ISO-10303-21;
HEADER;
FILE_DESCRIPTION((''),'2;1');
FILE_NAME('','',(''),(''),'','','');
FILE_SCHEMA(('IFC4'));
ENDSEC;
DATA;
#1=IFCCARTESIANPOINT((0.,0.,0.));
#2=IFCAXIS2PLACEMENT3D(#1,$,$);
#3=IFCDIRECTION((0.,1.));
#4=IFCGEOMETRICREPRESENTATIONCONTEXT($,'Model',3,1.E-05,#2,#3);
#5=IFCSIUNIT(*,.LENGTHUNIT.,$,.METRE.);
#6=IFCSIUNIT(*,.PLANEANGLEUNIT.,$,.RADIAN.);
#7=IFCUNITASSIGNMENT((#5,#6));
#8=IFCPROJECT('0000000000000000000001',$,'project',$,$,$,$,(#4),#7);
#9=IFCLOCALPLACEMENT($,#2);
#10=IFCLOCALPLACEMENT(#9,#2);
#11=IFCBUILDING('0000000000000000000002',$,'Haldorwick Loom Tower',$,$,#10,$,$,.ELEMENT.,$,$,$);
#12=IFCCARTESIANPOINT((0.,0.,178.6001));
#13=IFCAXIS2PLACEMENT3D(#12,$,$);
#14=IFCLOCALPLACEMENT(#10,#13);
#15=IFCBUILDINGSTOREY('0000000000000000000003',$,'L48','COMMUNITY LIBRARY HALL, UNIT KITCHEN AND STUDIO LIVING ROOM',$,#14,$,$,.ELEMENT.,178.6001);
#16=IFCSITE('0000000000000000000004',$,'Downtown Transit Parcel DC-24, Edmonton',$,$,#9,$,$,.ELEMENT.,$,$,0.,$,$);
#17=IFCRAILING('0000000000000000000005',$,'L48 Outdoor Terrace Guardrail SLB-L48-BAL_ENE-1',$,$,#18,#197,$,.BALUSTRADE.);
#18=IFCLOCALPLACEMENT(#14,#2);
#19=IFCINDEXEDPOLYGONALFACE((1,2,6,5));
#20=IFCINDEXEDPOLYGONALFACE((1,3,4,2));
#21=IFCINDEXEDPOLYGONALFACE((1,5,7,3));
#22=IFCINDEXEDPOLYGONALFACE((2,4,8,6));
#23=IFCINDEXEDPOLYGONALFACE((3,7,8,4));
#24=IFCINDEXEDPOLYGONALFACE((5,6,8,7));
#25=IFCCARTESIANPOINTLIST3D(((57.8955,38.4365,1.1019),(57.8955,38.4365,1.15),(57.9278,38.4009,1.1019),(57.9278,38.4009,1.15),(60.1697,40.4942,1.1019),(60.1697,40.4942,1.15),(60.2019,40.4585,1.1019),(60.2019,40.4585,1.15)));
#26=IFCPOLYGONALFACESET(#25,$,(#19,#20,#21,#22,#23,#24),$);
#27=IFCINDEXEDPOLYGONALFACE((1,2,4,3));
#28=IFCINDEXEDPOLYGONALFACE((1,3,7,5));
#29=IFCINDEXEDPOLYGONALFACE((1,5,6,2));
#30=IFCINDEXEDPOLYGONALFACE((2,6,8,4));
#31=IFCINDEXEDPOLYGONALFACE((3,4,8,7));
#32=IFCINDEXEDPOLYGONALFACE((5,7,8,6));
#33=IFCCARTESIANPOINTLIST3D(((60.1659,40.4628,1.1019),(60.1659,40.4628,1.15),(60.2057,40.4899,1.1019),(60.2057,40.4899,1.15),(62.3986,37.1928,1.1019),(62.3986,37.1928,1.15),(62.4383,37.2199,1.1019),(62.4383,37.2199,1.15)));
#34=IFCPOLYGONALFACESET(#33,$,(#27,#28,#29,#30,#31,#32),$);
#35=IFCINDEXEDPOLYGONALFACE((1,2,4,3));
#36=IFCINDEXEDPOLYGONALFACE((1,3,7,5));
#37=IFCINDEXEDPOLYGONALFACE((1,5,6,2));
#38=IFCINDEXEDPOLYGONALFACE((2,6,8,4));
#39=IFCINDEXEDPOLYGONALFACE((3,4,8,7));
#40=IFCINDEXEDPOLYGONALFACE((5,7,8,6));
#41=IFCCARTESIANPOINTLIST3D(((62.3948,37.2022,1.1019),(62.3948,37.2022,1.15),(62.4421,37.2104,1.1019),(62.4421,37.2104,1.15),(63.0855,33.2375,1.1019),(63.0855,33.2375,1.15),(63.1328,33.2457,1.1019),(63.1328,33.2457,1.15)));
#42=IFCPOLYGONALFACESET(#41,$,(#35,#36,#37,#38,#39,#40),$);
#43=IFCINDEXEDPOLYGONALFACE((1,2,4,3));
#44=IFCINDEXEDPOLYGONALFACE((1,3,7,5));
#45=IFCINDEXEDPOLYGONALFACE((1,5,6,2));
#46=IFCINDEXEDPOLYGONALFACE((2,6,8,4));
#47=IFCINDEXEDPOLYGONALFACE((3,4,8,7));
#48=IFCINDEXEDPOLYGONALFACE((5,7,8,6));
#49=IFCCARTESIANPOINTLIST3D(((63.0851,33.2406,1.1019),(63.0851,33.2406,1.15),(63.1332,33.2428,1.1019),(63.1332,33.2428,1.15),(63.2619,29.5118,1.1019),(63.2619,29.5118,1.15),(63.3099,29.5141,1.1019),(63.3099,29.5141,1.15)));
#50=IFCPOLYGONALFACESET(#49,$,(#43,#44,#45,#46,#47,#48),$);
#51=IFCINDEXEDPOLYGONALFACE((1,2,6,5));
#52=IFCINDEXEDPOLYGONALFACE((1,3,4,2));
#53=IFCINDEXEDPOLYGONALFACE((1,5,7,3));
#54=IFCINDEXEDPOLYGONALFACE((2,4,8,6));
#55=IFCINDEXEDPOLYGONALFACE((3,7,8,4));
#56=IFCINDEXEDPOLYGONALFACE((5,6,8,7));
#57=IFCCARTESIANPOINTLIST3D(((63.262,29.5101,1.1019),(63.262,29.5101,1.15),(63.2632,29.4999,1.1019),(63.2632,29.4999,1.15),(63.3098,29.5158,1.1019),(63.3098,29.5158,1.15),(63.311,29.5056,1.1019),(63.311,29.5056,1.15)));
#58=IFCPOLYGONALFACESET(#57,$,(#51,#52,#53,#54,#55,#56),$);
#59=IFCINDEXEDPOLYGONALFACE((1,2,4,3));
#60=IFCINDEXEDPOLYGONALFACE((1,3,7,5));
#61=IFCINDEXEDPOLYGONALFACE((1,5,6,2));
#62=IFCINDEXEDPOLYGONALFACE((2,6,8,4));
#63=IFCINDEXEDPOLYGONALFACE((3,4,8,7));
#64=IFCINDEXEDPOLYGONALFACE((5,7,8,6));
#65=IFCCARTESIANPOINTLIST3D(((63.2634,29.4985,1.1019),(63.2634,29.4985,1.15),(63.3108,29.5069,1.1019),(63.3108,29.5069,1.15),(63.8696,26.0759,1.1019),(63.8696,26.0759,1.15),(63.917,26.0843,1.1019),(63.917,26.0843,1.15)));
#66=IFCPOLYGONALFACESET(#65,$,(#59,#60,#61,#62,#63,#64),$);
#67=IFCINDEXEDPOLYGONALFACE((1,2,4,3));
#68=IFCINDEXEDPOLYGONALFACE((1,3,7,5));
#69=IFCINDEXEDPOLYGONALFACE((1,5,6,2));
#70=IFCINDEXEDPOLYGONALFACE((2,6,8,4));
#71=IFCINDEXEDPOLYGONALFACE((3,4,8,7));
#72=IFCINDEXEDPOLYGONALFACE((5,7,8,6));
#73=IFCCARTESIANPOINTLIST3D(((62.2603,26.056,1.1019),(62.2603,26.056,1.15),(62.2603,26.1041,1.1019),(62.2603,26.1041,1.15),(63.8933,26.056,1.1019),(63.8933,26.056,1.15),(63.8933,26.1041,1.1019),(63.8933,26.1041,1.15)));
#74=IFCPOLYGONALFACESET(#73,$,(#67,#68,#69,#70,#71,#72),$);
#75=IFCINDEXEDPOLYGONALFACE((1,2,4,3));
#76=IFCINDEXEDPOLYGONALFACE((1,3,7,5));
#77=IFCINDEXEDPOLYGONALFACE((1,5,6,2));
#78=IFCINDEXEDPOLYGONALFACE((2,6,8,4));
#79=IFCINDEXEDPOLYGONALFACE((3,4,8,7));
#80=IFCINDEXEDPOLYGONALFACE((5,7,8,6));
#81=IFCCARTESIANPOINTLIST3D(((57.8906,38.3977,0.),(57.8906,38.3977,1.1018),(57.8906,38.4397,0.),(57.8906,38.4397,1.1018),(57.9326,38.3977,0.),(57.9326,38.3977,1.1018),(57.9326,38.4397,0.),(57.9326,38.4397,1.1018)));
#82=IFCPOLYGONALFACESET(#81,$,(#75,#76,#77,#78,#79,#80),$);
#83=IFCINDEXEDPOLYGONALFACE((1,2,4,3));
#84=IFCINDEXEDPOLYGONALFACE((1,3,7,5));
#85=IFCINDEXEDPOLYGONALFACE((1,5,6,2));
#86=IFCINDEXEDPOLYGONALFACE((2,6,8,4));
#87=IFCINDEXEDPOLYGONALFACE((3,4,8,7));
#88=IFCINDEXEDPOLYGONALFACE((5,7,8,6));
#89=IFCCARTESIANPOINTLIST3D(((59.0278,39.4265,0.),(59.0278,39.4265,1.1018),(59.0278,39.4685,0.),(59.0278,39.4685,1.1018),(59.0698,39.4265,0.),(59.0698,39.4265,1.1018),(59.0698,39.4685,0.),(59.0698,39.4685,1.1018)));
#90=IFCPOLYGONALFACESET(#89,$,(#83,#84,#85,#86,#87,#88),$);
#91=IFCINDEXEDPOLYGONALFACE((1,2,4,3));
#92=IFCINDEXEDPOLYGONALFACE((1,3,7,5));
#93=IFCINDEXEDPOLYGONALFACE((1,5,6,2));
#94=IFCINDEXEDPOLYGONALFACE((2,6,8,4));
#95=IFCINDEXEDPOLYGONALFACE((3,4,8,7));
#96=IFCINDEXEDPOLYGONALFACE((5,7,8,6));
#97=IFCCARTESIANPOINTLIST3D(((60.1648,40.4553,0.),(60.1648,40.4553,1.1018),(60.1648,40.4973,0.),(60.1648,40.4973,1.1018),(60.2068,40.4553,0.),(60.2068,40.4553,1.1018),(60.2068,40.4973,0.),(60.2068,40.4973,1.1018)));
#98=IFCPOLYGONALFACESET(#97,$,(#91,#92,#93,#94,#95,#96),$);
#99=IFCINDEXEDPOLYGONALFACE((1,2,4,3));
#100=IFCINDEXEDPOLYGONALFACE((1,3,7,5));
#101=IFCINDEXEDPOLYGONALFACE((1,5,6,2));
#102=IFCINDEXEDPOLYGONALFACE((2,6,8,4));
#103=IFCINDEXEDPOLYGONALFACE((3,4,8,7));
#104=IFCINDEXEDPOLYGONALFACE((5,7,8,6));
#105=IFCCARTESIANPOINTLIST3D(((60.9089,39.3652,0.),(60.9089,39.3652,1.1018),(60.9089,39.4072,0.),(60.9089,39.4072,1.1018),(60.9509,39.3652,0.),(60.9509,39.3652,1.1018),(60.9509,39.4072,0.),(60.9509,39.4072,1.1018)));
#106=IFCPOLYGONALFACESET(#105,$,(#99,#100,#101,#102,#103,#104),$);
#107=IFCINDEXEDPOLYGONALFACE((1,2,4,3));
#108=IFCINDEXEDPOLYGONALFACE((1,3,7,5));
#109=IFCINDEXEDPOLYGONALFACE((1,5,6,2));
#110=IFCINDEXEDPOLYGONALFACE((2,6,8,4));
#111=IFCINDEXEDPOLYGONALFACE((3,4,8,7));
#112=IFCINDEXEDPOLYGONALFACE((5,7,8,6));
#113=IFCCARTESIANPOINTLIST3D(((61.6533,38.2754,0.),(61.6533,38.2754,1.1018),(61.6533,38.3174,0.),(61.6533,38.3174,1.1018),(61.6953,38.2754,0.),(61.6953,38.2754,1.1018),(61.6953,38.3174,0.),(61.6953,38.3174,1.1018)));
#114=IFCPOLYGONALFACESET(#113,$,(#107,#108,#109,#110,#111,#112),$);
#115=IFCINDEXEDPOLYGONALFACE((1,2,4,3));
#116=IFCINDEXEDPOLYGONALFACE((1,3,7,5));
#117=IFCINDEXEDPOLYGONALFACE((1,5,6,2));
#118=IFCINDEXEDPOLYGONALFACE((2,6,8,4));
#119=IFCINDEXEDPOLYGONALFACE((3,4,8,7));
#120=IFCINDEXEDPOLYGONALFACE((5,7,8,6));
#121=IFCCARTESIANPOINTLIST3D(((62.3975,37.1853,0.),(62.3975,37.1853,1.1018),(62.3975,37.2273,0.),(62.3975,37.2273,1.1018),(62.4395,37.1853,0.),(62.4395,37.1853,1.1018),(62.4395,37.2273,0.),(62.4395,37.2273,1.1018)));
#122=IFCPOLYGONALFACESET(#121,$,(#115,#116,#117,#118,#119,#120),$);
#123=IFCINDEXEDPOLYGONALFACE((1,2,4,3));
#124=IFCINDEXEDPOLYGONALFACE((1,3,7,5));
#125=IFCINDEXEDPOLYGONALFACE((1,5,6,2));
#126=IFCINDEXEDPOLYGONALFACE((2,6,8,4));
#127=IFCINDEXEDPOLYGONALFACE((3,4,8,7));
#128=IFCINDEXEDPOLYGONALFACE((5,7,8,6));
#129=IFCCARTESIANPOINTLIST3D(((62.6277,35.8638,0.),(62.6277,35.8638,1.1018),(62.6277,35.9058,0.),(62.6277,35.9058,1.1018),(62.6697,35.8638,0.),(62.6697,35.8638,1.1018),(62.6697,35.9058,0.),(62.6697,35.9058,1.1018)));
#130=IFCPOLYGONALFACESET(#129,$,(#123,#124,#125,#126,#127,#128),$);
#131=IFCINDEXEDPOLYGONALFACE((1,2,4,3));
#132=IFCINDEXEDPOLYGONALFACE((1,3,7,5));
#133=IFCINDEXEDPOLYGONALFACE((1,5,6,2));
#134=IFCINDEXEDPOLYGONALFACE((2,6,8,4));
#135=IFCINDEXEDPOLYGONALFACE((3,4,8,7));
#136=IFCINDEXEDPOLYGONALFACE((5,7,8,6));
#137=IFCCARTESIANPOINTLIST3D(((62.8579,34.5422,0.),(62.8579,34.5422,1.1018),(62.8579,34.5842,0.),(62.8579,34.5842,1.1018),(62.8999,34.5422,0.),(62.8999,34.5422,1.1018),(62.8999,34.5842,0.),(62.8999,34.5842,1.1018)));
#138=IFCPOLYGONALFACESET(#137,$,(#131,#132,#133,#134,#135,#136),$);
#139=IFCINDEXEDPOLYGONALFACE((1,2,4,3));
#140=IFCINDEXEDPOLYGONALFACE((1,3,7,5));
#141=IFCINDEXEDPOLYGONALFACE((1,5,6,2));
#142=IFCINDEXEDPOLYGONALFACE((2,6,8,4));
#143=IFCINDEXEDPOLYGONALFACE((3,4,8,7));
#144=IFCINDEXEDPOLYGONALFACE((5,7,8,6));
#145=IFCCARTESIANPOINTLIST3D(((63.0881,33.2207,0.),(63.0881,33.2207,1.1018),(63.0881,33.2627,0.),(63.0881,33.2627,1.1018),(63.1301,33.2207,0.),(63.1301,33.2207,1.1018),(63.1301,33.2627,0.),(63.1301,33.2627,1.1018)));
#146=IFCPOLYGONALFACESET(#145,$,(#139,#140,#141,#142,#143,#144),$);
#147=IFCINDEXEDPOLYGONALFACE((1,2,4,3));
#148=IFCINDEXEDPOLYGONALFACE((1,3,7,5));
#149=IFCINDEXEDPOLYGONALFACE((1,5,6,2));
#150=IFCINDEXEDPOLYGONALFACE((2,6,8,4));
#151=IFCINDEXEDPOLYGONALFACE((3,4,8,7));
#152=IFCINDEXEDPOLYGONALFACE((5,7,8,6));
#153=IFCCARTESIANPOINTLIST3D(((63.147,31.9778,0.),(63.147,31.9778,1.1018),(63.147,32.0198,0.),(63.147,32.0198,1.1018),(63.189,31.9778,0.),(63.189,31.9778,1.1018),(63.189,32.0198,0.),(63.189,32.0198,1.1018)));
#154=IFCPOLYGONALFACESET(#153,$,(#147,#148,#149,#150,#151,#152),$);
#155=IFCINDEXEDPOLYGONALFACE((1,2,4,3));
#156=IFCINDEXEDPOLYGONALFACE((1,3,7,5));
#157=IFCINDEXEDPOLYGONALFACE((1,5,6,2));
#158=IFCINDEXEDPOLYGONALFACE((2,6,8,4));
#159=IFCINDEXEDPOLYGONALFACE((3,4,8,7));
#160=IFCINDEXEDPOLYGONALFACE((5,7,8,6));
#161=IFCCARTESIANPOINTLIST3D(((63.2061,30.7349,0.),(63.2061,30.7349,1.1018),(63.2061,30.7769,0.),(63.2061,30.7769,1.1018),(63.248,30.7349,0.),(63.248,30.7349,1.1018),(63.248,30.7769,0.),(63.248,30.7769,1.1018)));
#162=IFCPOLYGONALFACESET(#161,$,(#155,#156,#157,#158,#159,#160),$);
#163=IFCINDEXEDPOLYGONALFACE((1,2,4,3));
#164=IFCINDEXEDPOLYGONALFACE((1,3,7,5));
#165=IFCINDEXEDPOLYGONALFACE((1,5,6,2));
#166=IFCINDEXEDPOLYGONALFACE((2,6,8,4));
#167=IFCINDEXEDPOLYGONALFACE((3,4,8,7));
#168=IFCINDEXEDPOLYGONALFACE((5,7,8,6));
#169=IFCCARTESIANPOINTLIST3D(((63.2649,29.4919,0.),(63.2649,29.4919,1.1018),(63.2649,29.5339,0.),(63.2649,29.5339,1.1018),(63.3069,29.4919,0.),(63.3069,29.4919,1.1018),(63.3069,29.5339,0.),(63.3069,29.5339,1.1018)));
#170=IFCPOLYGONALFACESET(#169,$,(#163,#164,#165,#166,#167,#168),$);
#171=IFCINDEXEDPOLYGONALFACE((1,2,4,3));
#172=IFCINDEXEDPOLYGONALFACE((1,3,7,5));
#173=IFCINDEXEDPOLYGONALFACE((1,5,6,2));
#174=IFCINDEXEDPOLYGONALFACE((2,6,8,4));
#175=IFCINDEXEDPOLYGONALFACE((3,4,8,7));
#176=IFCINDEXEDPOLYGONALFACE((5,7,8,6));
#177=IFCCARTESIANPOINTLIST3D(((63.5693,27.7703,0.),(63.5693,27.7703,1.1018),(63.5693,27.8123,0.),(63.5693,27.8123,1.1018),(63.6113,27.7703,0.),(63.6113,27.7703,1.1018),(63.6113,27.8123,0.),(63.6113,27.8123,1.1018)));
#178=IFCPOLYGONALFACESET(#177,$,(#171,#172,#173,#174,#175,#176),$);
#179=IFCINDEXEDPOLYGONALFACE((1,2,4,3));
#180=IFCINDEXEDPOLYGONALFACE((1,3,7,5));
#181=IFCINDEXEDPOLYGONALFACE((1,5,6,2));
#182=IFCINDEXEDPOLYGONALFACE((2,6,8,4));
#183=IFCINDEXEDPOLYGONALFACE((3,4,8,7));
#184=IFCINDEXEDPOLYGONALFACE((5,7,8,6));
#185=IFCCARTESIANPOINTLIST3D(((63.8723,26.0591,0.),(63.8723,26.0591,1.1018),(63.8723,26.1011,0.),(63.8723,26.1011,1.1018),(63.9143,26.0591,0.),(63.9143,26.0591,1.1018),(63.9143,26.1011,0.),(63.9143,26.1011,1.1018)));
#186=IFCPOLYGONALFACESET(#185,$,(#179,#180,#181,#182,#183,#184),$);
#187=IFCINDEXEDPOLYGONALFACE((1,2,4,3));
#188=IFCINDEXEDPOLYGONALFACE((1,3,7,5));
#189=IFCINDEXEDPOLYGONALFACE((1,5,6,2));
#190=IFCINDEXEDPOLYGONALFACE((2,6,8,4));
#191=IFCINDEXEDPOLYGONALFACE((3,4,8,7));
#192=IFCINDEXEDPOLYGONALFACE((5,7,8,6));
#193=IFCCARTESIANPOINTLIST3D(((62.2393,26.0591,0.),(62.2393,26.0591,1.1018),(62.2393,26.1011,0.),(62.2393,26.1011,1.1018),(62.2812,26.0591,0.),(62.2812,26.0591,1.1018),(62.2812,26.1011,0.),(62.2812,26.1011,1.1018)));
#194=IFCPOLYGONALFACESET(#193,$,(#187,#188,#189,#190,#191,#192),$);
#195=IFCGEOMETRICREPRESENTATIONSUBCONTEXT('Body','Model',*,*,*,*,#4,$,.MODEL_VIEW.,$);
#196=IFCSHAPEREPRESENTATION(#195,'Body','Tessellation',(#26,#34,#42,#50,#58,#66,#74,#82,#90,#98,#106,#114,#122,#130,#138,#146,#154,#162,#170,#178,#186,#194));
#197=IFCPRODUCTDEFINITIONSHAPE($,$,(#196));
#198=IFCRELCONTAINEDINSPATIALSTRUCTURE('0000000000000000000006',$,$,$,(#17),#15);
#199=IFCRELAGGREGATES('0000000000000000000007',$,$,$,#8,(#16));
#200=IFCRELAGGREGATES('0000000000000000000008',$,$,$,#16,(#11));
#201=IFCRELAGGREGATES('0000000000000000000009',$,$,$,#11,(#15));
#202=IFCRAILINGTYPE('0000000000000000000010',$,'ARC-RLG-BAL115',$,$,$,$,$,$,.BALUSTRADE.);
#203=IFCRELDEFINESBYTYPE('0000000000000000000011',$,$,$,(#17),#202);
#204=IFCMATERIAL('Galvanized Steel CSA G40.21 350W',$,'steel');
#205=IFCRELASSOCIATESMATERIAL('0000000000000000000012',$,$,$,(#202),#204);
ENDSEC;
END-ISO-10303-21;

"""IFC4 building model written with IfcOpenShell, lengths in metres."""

from ifc_helpers import new_model, si_unit, direction, frame, origin, origin_2d, place, context, subcontext, project, spatial, rectangle, extrude, material, type_object, element, save


model = new_model("IFC4")

# Units and contexts
model_context = context("Model", 3, precision=1e-05, world=origin(), true_north=direction((0.0, 1.0)))
body_context = subcontext(model_context, "Body", "Model", "MODEL_VIEW")
ifc_project = project(units=[si_unit("LENGTHUNIT", "METRE"), si_unit("PLANEANGLEUNIT", "RADIAN")], contexts=[model_context])

# Site, building, storey
site_placement = place(None, origin())
site = spatial("IfcSite", under=ifc_project, at=site_placement, Name="Downtown Transit Parcel DC-24, Edmonton", CompositionType="ELEMENT", RefElevation=0.0)
building_placement = place(site_placement, origin())
building = spatial("IfcBuilding", under=site, at=building_placement, Name="Haldorwick Loom Tower", CompositionType="ELEMENT")
storey_placement = place(building_placement, frame((0.0, 0.0, 178.6001)))
storey = spatial("IfcBuildingStorey", under=building, at=storey_placement, Name="L48", Description="COMMUNITY LIBRARY HALL, UNIT KITCHEN AND STUDIO LIVING ROOM", CompositionType="ELEMENT", Elevation=178.6001)

# Railing
ifc_material_1 = material(Name="Galvanized Steel CSA G40.21 350W", Category="steel")
railing_type = type_object("IfcRailingType", Name="ARC-RLG-BAL115", PredefinedType="BALUSTRADE", material=ifc_material_1)
railing_placement = place(storey_placement, frame((57.9116, 38.4187, 0.0)))
element("IfcRailing", 1, at=railing_placement, inside=storey, type_object=railing_type, Name="L48 Outdoor Terrace Guardrail SLB-L48-BAL_ENE-1", PredefinedType="BALUSTRADE", context=body_context, shape_type="SweptSolid", body=[
    extrude(rectangle(XDim=0.0481, YDim=0.0481, at=origin_2d()), frame((0.0, 0.0, 1.126), z_axis=(0.74153, 0.67092, 0.0), x_axis=(-0.67092, 0.74153, 0.0)), (0.0, 0.0, 1.0), 3.0669),
    extrude(rectangle(XDim=0.0481, YDim=0.0481, at=origin_2d()), frame((2.2742, 2.0576, 1.126), z_axis=(0.563872, -0.825862, 0.0), x_axis=(0.825862, 0.563872, 0.0)), (0.0, 0.0, 1.0), 3.9595),
    extrude(rectangle(XDim=0.0481, YDim=0.0481, at=origin_2d()), frame((4.5068, -1.2124, 1.126), z_axis=(0.171625, -0.985162, 0.0), x_axis=(0.985162, 0.171625, 0.0)), (0.0, 0.0, 1.0), 4.0244),
    extrude(rectangle(XDim=0.0481, YDim=0.0481, at=origin_2d()), frame((5.1975, -5.177, 1.126), z_axis=(0.047351, -0.998878, 0.0), x_axis=(0.998878, 0.047351, 0.0)), (0.0, 0.0, 1.0), 3.7329),
    extrude(rectangle(XDim=0.0481, YDim=0.0481, at=origin_2d()), frame((5.3743, -8.9058, 1.126), z_axis=(0.118213, -0.992988, 0.0), x_axis=(0.992988, 0.118213, 0.0)), (0.0, 0.0, 1.0), 0.0103),
    extrude(rectangle(XDim=0.0481, YDim=0.0481, at=origin_2d()), frame((5.3755, -8.916, 1.126), z_axis=(0.174402, -0.984674, 0.0), x_axis=(0.984674, 0.174402, 0.0)), (0.0, 0.0, 1.0), 3.4758),
    extrude(rectangle(XDim=0.0481, YDim=0.0481, at=origin_2d()), frame((5.9817, -12.3386, 1.126), z_axis=(-1.0, 0.0, 0.0), x_axis=(0.0, -1.0, 0.0)), (0.0, 0.0, 1.0), 1.6331),
    extrude(rectangle(XDim=0.042, YDim=0.042, at=origin_2d()), origin(), (0.0, 0.0, 1.0), 1.1018),
    extrude(rectangle(XDim=0.042, YDim=0.042, at=origin_2d()), frame((1.1372, 1.0288, 0.0)), (0.0, 0.0, 1.0), 1.1018),
    extrude(rectangle(XDim=0.042, YDim=0.042, at=origin_2d()), frame((2.2742, 2.0576, 0.0)), (0.0, 0.0, 1.0), 1.1018),
    extrude(rectangle(XDim=0.042, YDim=0.042, at=origin_2d()), frame((3.0183, 0.9675, 0.0)), (0.0, 0.0, 1.0), 1.1018),
    extrude(rectangle(XDim=0.042, YDim=0.042, at=origin_2d()), frame((3.7627, -0.1223, 0.0)), (0.0, 0.0, 1.0), 1.1018),
    extrude(rectangle(XDim=0.042, YDim=0.042, at=origin_2d()), frame((4.5068, -1.2124, 0.0)), (0.0, 0.0, 1.0), 1.1018),
    extrude(rectangle(XDim=0.042, YDim=0.042, at=origin_2d()), frame((4.7371, -2.5339, 0.0)), (0.0, 0.0, 1.0), 1.1018),
    extrude(rectangle(XDim=0.042, YDim=0.042, at=origin_2d()), frame((4.9673, -3.8555, 0.0)), (0.0, 0.0, 1.0), 1.1018),
    extrude(rectangle(XDim=0.042, YDim=0.042, at=origin_2d()), frame((5.1975, -5.177, 0.0)), (0.0, 0.0, 1.0), 1.1018),
    extrude(rectangle(XDim=0.042, YDim=0.042, at=origin_2d()), frame((5.2563, -6.4199, 0.0)), (0.0, 0.0, 1.0), 1.1018),
    extrude(rectangle(XDim=0.042, YDim=0.042, at=origin_2d()), frame((5.3154, -7.6628, 0.0)), (0.0, 0.0, 1.0), 1.1018),
    extrude(rectangle(XDim=0.042, YDim=0.042, at=origin_2d()), frame((5.3743, -8.9058, 0.0)), (0.0, 0.0, 1.0), 1.1018),
    extrude(rectangle(XDim=0.042, YDim=0.042, at=origin_2d()), frame((5.6787, -10.6274, 0.0)), (0.0, 0.0, 1.0), 1.1018),
    extrude(rectangle(XDim=0.042, YDim=0.042, at=origin_2d()), frame((5.9817, -12.3386, 0.0)), (0.0, 0.0, 1.0), 1.1018),
    extrude(rectangle(XDim=0.042, YDim=0.042, at=origin_2d()), frame((4.3486, -12.3386, 0.0)), (0.0, 0.0, 1.0), 1.1018),
])

save(model, "model.ifc")
